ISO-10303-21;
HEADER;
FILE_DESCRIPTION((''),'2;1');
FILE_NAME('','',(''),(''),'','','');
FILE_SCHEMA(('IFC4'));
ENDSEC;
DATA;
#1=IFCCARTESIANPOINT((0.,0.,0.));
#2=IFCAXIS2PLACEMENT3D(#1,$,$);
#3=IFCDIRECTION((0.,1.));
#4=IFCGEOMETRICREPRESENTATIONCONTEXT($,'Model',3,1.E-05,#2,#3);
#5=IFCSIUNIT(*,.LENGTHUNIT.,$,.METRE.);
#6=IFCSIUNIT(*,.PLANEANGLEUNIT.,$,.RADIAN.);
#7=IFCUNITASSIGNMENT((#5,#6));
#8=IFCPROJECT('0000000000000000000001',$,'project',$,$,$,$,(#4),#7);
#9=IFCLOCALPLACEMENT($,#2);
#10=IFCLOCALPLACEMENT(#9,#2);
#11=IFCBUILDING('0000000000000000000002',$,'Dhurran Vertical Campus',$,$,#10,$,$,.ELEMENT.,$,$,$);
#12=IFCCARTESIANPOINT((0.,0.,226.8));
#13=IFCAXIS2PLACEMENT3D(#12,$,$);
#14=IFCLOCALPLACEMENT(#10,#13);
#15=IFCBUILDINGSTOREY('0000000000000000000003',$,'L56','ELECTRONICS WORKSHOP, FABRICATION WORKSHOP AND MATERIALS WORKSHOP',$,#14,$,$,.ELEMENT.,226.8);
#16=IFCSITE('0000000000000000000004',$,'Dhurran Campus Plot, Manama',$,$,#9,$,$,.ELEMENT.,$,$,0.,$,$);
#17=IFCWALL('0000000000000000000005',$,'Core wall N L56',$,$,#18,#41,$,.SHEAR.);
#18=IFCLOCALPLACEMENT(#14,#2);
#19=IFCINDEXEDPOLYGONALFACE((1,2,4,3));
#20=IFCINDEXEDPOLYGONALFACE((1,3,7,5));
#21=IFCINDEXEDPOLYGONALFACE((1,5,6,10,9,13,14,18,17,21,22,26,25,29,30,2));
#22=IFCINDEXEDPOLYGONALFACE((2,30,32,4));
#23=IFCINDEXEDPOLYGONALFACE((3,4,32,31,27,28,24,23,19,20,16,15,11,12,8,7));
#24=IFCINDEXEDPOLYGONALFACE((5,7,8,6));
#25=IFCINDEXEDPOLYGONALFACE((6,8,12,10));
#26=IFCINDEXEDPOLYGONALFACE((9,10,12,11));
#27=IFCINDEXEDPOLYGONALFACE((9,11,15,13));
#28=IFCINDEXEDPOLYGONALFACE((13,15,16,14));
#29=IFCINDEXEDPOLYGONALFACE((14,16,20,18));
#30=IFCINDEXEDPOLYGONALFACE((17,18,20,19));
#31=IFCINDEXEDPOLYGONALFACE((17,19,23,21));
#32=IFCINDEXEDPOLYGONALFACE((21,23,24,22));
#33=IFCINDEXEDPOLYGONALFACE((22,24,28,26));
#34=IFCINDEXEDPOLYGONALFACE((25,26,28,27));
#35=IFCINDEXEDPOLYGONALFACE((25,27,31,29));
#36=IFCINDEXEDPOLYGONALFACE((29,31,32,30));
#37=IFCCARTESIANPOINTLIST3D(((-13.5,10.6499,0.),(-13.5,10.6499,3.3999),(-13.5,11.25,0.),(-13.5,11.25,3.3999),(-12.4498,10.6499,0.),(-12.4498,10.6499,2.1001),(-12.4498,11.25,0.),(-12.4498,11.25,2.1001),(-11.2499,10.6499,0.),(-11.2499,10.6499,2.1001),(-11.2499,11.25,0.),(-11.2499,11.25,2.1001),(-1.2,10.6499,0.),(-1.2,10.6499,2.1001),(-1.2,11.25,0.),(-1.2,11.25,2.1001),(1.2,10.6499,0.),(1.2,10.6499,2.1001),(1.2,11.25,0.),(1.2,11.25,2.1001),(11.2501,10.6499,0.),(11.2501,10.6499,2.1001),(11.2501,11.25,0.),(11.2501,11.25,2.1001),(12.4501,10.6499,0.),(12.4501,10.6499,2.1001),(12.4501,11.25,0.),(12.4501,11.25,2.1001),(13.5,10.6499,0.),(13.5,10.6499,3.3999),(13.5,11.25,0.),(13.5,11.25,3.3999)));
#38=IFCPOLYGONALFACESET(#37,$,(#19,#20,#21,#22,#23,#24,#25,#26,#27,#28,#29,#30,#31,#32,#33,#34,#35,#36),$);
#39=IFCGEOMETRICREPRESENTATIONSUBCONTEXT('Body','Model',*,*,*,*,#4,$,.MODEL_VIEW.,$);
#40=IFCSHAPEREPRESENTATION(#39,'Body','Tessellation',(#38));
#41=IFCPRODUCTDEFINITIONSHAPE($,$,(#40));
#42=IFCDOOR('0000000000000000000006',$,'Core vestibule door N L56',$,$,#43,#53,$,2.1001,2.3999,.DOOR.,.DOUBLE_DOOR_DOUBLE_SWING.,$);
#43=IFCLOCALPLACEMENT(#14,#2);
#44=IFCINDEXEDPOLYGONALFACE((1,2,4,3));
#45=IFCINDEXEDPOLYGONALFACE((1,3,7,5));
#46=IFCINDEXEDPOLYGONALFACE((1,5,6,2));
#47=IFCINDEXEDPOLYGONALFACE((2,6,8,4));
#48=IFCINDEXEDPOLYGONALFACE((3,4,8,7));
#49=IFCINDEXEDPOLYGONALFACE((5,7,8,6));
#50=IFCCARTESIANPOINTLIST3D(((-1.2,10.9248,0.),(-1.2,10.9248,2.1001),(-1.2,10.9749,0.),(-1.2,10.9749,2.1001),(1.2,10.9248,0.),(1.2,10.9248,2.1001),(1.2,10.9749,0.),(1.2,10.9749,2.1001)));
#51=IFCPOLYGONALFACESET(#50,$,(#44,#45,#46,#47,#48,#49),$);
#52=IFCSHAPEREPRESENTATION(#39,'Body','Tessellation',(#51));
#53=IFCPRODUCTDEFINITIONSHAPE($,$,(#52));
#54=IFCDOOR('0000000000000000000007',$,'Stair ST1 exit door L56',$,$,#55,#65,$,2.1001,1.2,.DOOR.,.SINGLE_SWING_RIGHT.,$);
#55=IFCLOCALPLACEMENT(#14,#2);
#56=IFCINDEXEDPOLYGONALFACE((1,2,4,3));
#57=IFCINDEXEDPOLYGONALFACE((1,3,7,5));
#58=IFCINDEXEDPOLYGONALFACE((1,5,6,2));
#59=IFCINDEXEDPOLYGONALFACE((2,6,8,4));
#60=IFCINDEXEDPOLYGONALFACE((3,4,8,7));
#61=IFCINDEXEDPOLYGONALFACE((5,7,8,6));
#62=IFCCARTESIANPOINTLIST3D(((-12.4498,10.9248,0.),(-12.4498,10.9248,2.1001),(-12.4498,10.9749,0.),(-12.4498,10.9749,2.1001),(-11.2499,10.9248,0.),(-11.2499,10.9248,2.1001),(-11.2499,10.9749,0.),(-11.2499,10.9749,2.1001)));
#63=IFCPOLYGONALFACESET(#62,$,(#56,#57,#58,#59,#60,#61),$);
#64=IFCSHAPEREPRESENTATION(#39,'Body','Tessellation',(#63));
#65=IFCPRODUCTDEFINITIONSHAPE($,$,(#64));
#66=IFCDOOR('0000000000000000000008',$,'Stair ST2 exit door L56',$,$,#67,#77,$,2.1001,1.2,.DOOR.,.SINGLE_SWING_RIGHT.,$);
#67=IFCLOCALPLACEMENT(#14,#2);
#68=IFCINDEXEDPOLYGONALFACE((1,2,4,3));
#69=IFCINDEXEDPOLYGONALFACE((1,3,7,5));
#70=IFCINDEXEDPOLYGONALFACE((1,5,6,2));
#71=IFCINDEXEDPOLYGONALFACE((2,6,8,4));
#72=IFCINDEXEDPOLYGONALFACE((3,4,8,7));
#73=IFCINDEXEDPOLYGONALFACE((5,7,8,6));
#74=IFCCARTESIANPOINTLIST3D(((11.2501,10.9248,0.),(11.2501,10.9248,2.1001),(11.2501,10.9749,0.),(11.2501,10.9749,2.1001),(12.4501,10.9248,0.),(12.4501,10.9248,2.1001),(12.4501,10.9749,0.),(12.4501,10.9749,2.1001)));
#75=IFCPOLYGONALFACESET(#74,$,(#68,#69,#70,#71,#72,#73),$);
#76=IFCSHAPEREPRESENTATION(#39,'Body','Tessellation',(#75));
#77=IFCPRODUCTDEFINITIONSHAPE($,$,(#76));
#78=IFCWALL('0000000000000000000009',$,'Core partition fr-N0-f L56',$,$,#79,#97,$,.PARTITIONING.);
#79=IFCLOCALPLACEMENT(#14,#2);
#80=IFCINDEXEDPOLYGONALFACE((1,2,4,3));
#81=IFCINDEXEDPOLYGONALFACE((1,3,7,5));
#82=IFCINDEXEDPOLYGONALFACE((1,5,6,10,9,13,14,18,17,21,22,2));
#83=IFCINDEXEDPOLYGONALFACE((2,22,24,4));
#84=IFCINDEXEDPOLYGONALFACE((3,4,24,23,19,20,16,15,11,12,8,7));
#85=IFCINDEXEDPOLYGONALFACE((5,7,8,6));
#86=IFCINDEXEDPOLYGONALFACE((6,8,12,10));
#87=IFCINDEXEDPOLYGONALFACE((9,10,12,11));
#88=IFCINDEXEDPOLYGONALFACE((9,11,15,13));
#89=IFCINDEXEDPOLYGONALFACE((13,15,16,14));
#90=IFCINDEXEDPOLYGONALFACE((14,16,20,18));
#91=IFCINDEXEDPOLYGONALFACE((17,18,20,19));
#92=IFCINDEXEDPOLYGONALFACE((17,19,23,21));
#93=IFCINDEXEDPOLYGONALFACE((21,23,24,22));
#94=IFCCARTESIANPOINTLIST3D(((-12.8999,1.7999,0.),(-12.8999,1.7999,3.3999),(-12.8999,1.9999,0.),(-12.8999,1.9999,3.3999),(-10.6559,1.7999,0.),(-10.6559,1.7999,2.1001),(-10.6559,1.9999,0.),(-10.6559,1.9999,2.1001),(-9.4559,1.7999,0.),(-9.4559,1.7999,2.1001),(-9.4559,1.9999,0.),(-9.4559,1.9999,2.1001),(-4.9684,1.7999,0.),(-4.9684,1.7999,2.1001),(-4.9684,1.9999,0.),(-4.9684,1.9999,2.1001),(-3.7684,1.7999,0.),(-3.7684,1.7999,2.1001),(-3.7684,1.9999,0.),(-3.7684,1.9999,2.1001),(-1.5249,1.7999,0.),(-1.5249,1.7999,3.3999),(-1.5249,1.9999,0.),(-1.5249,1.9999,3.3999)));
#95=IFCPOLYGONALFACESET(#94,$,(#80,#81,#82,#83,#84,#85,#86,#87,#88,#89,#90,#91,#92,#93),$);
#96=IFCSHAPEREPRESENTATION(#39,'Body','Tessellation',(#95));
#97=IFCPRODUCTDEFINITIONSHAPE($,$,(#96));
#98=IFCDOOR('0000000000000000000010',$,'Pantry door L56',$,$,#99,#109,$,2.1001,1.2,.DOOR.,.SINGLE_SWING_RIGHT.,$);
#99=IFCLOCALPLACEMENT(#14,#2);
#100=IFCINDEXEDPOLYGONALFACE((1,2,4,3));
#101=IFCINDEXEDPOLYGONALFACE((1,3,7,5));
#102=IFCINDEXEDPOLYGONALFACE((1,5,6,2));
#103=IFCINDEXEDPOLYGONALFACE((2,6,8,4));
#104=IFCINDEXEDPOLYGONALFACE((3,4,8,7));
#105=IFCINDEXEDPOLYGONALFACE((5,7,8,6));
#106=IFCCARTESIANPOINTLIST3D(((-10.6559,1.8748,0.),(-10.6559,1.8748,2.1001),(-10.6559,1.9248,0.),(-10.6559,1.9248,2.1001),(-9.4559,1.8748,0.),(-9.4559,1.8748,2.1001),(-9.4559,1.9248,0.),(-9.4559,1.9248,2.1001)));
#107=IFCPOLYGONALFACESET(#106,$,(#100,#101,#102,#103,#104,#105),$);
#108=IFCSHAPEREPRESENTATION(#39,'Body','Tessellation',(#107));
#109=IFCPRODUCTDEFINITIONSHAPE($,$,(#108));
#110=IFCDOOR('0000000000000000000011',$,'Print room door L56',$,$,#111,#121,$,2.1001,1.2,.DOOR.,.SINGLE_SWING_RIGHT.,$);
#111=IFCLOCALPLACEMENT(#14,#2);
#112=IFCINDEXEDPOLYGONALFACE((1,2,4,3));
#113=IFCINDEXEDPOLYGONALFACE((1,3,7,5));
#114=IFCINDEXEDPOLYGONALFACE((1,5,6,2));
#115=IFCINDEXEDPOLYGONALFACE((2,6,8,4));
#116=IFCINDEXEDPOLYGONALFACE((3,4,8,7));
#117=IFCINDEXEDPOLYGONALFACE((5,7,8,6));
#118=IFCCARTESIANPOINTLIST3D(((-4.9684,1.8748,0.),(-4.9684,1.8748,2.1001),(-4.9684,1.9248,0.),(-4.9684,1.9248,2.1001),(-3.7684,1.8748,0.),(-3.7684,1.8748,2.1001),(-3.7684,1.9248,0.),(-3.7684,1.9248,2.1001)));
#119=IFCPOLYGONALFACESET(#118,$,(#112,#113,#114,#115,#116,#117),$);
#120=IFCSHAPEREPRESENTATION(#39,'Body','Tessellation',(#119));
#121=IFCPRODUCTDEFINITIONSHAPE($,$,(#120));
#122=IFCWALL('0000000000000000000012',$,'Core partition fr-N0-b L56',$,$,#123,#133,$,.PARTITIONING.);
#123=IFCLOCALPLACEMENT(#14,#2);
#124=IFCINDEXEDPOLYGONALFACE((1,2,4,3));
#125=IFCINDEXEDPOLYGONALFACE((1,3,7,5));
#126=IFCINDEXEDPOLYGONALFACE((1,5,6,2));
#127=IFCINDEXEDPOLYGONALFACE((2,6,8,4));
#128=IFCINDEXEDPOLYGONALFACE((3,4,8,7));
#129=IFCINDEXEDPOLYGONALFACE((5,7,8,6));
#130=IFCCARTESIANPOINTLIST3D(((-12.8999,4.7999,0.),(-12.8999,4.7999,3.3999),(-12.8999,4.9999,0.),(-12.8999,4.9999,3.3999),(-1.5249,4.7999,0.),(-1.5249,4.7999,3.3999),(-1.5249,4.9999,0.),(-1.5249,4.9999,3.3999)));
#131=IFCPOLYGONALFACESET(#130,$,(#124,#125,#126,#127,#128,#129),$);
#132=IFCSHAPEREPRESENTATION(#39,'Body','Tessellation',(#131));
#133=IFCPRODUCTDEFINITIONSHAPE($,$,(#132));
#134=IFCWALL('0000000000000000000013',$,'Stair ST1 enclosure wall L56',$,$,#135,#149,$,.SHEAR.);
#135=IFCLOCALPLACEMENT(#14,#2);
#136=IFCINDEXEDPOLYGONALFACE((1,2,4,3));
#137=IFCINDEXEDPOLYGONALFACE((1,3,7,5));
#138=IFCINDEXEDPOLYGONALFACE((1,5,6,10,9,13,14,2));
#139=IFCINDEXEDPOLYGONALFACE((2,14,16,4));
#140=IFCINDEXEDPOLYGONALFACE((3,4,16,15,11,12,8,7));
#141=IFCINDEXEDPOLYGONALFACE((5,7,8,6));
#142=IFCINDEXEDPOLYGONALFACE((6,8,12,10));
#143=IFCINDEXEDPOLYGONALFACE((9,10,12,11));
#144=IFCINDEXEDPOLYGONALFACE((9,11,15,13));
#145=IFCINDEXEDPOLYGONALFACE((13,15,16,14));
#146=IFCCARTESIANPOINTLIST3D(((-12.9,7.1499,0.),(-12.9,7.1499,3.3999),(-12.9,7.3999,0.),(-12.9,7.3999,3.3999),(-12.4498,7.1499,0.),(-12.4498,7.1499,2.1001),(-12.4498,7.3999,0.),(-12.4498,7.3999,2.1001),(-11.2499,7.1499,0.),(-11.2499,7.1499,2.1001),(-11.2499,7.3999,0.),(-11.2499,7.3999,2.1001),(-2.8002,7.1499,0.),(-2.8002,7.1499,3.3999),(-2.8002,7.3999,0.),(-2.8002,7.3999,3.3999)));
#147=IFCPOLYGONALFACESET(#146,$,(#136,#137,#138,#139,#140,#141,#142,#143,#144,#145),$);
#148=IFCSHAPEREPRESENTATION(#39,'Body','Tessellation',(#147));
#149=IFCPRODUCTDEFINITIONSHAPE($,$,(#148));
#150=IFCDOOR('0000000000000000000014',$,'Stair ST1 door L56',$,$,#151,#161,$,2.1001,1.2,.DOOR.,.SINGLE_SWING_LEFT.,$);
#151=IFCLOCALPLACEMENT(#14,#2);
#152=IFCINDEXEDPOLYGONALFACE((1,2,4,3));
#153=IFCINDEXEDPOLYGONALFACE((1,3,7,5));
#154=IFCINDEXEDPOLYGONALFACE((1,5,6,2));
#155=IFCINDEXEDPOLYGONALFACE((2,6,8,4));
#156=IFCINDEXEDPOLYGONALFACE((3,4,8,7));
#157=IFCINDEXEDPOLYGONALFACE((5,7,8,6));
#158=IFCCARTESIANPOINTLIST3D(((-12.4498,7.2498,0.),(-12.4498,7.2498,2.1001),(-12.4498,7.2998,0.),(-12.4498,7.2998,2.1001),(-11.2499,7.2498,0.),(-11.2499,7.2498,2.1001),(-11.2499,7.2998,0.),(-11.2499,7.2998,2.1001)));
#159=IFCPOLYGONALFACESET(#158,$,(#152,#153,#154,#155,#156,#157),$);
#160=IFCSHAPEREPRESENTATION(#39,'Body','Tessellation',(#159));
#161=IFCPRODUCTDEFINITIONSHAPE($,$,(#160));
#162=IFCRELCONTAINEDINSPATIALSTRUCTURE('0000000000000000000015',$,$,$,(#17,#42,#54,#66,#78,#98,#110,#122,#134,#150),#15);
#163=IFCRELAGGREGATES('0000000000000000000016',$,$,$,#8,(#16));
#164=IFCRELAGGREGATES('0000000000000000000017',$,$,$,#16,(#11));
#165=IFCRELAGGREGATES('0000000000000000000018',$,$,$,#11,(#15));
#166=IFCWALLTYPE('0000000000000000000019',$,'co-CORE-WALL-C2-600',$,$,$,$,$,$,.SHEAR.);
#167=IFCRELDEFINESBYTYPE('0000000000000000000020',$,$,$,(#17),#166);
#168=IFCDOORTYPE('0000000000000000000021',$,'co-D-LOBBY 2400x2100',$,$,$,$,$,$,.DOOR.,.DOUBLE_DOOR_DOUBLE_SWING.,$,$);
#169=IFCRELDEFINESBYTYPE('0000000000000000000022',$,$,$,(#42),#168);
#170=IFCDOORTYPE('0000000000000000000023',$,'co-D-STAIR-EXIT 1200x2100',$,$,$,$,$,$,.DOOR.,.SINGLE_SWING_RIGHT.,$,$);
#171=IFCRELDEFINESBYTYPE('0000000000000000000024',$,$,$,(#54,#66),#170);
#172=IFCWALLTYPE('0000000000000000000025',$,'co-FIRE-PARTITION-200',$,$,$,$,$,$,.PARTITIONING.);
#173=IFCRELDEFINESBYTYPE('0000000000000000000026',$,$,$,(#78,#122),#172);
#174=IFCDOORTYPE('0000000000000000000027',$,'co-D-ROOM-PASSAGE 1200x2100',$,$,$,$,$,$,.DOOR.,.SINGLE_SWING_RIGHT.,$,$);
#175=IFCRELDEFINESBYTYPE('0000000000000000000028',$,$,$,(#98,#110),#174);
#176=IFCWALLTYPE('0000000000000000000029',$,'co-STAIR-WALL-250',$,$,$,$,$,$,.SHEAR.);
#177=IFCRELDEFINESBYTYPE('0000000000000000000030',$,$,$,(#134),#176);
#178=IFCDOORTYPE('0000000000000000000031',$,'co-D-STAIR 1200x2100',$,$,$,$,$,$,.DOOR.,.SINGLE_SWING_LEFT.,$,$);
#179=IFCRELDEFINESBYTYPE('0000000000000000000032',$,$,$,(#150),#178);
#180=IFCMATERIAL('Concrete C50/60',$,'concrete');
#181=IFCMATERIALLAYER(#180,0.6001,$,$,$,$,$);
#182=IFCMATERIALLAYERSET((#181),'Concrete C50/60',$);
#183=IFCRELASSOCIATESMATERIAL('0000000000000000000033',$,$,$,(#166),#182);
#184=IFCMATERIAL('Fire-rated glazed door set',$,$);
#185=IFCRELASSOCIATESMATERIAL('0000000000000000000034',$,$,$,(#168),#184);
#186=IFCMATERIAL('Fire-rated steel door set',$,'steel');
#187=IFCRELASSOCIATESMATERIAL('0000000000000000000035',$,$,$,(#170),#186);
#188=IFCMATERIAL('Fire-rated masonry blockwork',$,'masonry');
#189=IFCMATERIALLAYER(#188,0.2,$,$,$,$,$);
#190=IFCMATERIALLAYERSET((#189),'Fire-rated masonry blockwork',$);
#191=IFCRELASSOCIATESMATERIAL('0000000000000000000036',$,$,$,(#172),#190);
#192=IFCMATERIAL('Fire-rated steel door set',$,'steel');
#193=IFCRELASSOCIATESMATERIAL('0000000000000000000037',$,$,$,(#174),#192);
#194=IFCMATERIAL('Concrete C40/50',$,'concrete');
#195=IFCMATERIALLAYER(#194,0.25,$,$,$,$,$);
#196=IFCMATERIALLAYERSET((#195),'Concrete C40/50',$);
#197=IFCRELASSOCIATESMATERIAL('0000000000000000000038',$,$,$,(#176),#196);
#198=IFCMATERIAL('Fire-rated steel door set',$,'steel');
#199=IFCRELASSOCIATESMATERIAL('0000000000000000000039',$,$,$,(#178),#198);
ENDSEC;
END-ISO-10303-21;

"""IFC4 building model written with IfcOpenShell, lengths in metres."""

from ifc_helpers import new_model, si_unit, direction, frame, frame_2d, origin, place, context, subcontext, project, spatial, rectangle, extrude, material, layer, layer_set, type_object, element, fill, save


model = new_model("IFC4")

# Units and contexts
model_context = context("Model", 3, precision=1e-05, world=origin(), true_north=direction((0.0, 1.0)))
body_context = subcontext(model_context, "Body", "Model", "MODEL_VIEW")
ifc_project = project(units=[si_unit("LENGTHUNIT", "METRE"), si_unit("PLANEANGLEUNIT", "RADIAN")], contexts=[model_context])

# Site, building, storey
site_placement = place(None, origin())
site = spatial("IfcSite", under=ifc_project, at=site_placement, Name="Dhurran Campus Plot, Manama", CompositionType="ELEMENT", RefElevation=0.0)
building_placement = place(site_placement, origin())
building = spatial("IfcBuilding", under=site, at=building_placement, Name="Dhurran Vertical Campus", CompositionType="ELEMENT")
storey_placement = place(building_placement, frame((0.0, 0.0, 226.8)))
storey = spatial("IfcBuildingStorey", under=building, at=storey_placement, Name="L56", Description="ELECTRONICS WORKSHOP, FABRICATION WORKSHOP AND MATERIALS WORKSHOP", CompositionType="ELEMENT", Elevation=226.8)

# Walls, openings, doors
ifc_material_1 = material(Name="Concrete C50/60", Category="concrete")
ifc_layer_1 = layer(ifc_material_1, 0.6001)
ifc_layer_set_1 = layer_set([ifc_layer_1], Name="Concrete C50/60")
wall_type_1 = type_object("IfcWallType", Name="co-CORE-WALL-C2-600", PredefinedType="SHEAR", material=ifc_layer_set_1)
wall_1_placement = place(storey_placement, frame((-13.5, 10.95, 0.0), z_axis=(0.0, 0.0, 1.0), x_axis=(1.0, 0.0, 0.0)))
wall_1 = element("IfcWall", 1, at=wall_1_placement, inside=storey, type_object=wall_type_1, Name="Core wall N L56", PredefinedType="SHEAR", context=body_context, shape_type="SweptSolid", body=[
    extrude(rectangle(XDim=27.0, YDim=0.6001, at=frame_2d((13.5, 0.0))), origin(), (0.0, 0.0, 1.0), 3.3999),
])
opening_1_placement = place(wall_1_placement, frame((12.3, 0.0, 0.0)))
opening_1 = element("IfcOpeningElement", 2, at=opening_1_placement, cuts=wall_1, PredefinedType="OPENING", context=body_context, shape_type="SweptSolid", body=[
    extrude(rectangle(XDim=2.3999, YDim=2.1001, at=frame_2d((1.2, 1.05))), frame((0.0, 0.3101, 0.0), z_axis=(0.0, -1.0, 0.0), x_axis=(1.0, 0.0, 0.0)), (0.0, 0.0, 1.0), 0.6201),
])
opening_2_placement = place(wall_1_placement, frame((1.05, 0.0, 0.0)))
opening_2 = element("IfcOpeningElement", 3, at=opening_2_placement, cuts=wall_1, PredefinedType="OPENING", context=body_context, shape_type="SweptSolid", body=[
    extrude(rectangle(XDim=1.2, YDim=2.1001, at=frame_2d((0.6001, 1.05))), frame((0.0, 0.3101, 0.0), z_axis=(0.0, -1.0, 0.0), x_axis=(1.0, 0.0, 0.0)), (0.0, 0.0, 1.0), 0.6201),
])
opening_3_placement = place(wall_1_placement, frame((24.75, 0.0, 0.0)))
opening_3 = element("IfcOpeningElement", 4, at=opening_3_placement, cuts=wall_1, PredefinedType="OPENING", context=body_context, shape_type="SweptSolid", body=[
    extrude(rectangle(XDim=1.2, YDim=2.1001, at=frame_2d((0.6001, 1.05))), frame((0.0, 0.3101, 0.0), z_axis=(0.0, -1.0, 0.0), x_axis=(1.0, 0.0, 0.0)), (0.0, 0.0, 1.0), 0.6201),
])
ifc_material_2 = material(Name="Fire-rated glazed door set")
door_type_1 = type_object("IfcDoorType", Name="co-D-LOBBY 2400x2100", OperationType="DOUBLE_DOOR_DOUBLE_SWING", PredefinedType="DOOR", material=ifc_material_2)
door_1_placement = place(opening_1_placement, origin())
door_1 = element("IfcDoor", 5, at=door_1_placement, inside=storey, type_object=door_type_1, Name="Core vestibule door N L56", OperationType="DOUBLE_DOOR_DOUBLE_SWING", OverallHeight=2.1001, OverallWidth=2.3999, PredefinedType="DOOR", context=body_context, shape_type="SweptSolid", body=[
    extrude(rectangle(XDim=2.3999, YDim=2.1001, at=frame_2d((1.2, 1.05))), frame((0.0, 0.0249, 0.0), z_axis=(0.0, -1.0, 0.0), x_axis=(1.0, 0.0, 0.0)), (0.0, 0.0, 1.0), 0.05),
])
fill(opening_1, door_1)
ifc_material_3 = material(Name="Fire-rated steel door set", Category="steel")
door_type_2 = type_object("IfcDoorType", Name="co-D-STAIR-EXIT 1200x2100", OperationType="SINGLE_SWING_RIGHT", PredefinedType="DOOR", material=ifc_material_3)
door_2_placement = place(opening_2_placement, origin())
door_2 = element("IfcDoor", 6, at=door_2_placement, inside=storey, type_object=door_type_2, Name="Stair ST1 exit door L56", OperationType="SINGLE_SWING_RIGHT", OverallHeight=2.1001, OverallWidth=1.2, PredefinedType="DOOR", context=body_context, shape_type="SweptSolid", body=[
    extrude(rectangle(XDim=1.2, YDim=2.1001, at=frame_2d((0.6001, 1.05))), frame((0.0, 0.0249, 0.0), z_axis=(0.0, -1.0, 0.0), x_axis=(1.0, 0.0, 0.0)), (0.0, 0.0, 1.0), 0.05),
])
fill(opening_2, door_2)
door_3_placement = place(opening_3_placement, origin())
door_3 = element("IfcDoor", 7, at=door_3_placement, inside=storey, type_object=door_type_2, Name="Stair ST2 exit door L56", OperationType="SINGLE_SWING_RIGHT", OverallHeight=2.1001, OverallWidth=1.2, PredefinedType="DOOR", context=body_context, shape_type="SweptSolid", body=[
    extrude(rectangle(XDim=1.2, YDim=2.1001, at=frame_2d((0.6001, 1.05))), frame((0.0, 0.0249, 0.0), z_axis=(0.0, -1.0, 0.0), x_axis=(1.0, 0.0, 0.0)), (0.0, 0.0, 1.0), 0.05),
])
fill(opening_3, door_3)
ifc_material_4 = material(Name="Fire-rated masonry blockwork", Category="masonry")
ifc_layer_2 = layer(ifc_material_4, 0.2)
ifc_layer_set_2 = layer_set([ifc_layer_2], Name="Fire-rated masonry blockwork")
wall_type_2 = type_object("IfcWallType", Name="co-FIRE-PARTITION-200", PredefinedType="PARTITIONING", material=ifc_layer_set_2)
wall_2_placement = place(storey_placement, frame((-12.8999, 1.8999, 0.0), z_axis=(0.0, 0.0, 1.0), x_axis=(1.0, 0.0, 0.0)))
wall_2 = element("IfcWall", 8, at=wall_2_placement, inside=storey, type_object=wall_type_2, Name="Core partition fr-N0-f L56", PredefinedType="PARTITIONING", context=body_context, shape_type="SweptSolid", body=[
    extrude(rectangle(XDim=11.375, YDim=0.2, at=frame_2d((5.6875, 0.0))), origin(), (0.0, 0.0, 1.0), 3.3999),
])
opening_4_placement = place(wall_2_placement, frame((2.2439, 0.0, 0.0)))
opening_4 = element("IfcOpeningElement", 9, at=opening_4_placement, cuts=wall_2, PredefinedType="OPENING", context=body_context, shape_type="SweptSolid", body=[
    extrude(rectangle(XDim=1.2, YDim=2.1001, at=frame_2d((0.6001, 1.05))), frame((0.0, 0.1099, 0.0), z_axis=(0.0, -1.0, 0.0), x_axis=(1.0, 0.0, 0.0)), (0.0, 0.0, 1.0), 0.22),
])
opening_5_placement = place(wall_2_placement, frame((7.9314, 0.0, 0.0)))
opening_5 = element("IfcOpeningElement", 10, at=opening_5_placement, cuts=wall_2, PredefinedType="OPENING", context=body_context, shape_type="SweptSolid", body=[
    extrude(rectangle(XDim=1.2, YDim=2.1001, at=frame_2d((0.6001, 1.05))), frame((0.0, 0.1099, 0.0), z_axis=(0.0, -1.0, 0.0), x_axis=(1.0, 0.0, 0.0)), (0.0, 0.0, 1.0), 0.22),
])
ifc_material_5 = material(Name="Fire-rated steel door set", Category="steel")
door_type_3 = type_object("IfcDoorType", Name="co-D-ROOM-PASSAGE 1200x2100", OperationType="SINGLE_SWING_RIGHT", PredefinedType="DOOR", material=ifc_material_5)
door_4_placement = place(opening_4_placement, origin())
door_4 = element("IfcDoor", 11, at=door_4_placement, inside=storey, type_object=door_type_3, Name="Pantry door L56", OperationType="SINGLE_SWING_RIGHT", OverallHeight=2.1001, OverallWidth=1.2, PredefinedType="DOOR", context=body_context, shape_type="SweptSolid", body=[
    extrude(rectangle(XDim=1.2, YDim=2.1001, at=frame_2d((0.6001, 1.05))), frame((0.0, 0.0249, 0.0), z_axis=(0.0, -1.0, 0.0), x_axis=(1.0, 0.0, 0.0)), (0.0, 0.0, 1.0), 0.05),
])
fill(opening_4, door_4)
door_5_placement = place(opening_5_placement, origin())
door_5 = element("IfcDoor", 12, at=door_5_placement, inside=storey, type_object=door_type_3, Name="Print room door L56", OperationType="SINGLE_SWING_RIGHT", OverallHeight=2.1001, OverallWidth=1.2, PredefinedType="DOOR", context=body_context, shape_type="SweptSolid", body=[
    extrude(rectangle(XDim=1.2, YDim=2.1001, at=frame_2d((0.6001, 1.05))), frame((0.0, 0.0249, 0.0), z_axis=(0.0, -1.0, 0.0), x_axis=(1.0, 0.0, 0.0)), (0.0, 0.0, 1.0), 0.05),
])
fill(opening_5, door_5)

# Wall
wall_3_placement = place(storey_placement, frame((-12.8999, 4.8999, 0.0), z_axis=(0.0, 0.0, 1.0), x_axis=(1.0, 0.0, 0.0)))
element("IfcWall", 13, at=wall_3_placement, inside=storey, type_object=wall_type_2, Name="Core partition fr-N0-b L56", PredefinedType="PARTITIONING", context=body_context, shape_type="SweptSolid", body=[
    extrude(rectangle(XDim=11.375, YDim=0.2, at=frame_2d((5.6875, 0.0))), origin(), (0.0, 0.0, 1.0), 3.3999),
])

# Wall, opening, door
ifc_material_6 = material(Name="Concrete C40/50", Category="concrete")
ifc_layer_3 = layer(ifc_material_6, 0.25)
ifc_layer_set_3 = layer_set([ifc_layer_3], Name="Concrete C40/50")
wall_type_3 = type_object("IfcWallType", Name="co-STAIR-WALL-250", PredefinedType="SHEAR", material=ifc_layer_set_3)
wall_4_placement = place(storey_placement, frame((-12.8999, 7.2749, 0.0), z_axis=(0.0, 0.0, 1.0), x_axis=(1.0, 0.0, 0.0)))
wall_4 = element("IfcWall", 14, at=wall_4_placement, inside=storey, type_object=wall_type_3, Name="Stair ST1 enclosure wall L56", PredefinedType="SHEAR", context=body_context, shape_type="SweptSolid", body=[
    extrude(rectangle(XDim=10.0999, YDim=0.25, at=frame_2d((5.0498, 0.0))), origin(), (0.0, 0.0, 1.0), 3.3999),
])
opening_6_placement = place(wall_4_placement, frame((0.45, 0.0, 0.0)))
opening_6 = element("IfcOpeningElement", 15, at=opening_6_placement, cuts=wall_4, PredefinedType="OPENING", context=body_context, shape_type="SweptSolid", body=[
    extrude(rectangle(XDim=1.2, YDim=2.1001, at=frame_2d((0.6001, 1.05))), frame((0.0, 0.135, 0.0), z_axis=(0.0, -1.0, 0.0), x_axis=(1.0, 0.0, 0.0)), (0.0, 0.0, 1.0), 0.27),
])
ifc_material_7 = material(Name="Fire-rated steel door set", Category="steel")
door_type_4 = type_object("IfcDoorType", Name="co-D-STAIR 1200x2100", OperationType="SINGLE_SWING_LEFT", PredefinedType="DOOR", material=ifc_material_7)
door_6_placement = place(opening_6_placement, origin())
door_6 = element("IfcDoor", 16, at=door_6_placement, inside=storey, type_object=door_type_4, Name="Stair ST1 door L56", OperationType="SINGLE_SWING_LEFT", OverallHeight=2.1001, OverallWidth=1.2, PredefinedType="DOOR", context=body_context, shape_type="SweptSolid", body=[
    extrude(rectangle(XDim=1.2, YDim=2.1001, at=frame_2d((0.6001, 1.05))), frame((0.0, 0.0249, 0.0), z_axis=(0.0, -1.0, 0.0), x_axis=(1.0, 0.0, 0.0)), (0.0, 0.0, 1.0), 0.05),
])
fill(opening_6, door_6)

save(model, "model.ifc")
